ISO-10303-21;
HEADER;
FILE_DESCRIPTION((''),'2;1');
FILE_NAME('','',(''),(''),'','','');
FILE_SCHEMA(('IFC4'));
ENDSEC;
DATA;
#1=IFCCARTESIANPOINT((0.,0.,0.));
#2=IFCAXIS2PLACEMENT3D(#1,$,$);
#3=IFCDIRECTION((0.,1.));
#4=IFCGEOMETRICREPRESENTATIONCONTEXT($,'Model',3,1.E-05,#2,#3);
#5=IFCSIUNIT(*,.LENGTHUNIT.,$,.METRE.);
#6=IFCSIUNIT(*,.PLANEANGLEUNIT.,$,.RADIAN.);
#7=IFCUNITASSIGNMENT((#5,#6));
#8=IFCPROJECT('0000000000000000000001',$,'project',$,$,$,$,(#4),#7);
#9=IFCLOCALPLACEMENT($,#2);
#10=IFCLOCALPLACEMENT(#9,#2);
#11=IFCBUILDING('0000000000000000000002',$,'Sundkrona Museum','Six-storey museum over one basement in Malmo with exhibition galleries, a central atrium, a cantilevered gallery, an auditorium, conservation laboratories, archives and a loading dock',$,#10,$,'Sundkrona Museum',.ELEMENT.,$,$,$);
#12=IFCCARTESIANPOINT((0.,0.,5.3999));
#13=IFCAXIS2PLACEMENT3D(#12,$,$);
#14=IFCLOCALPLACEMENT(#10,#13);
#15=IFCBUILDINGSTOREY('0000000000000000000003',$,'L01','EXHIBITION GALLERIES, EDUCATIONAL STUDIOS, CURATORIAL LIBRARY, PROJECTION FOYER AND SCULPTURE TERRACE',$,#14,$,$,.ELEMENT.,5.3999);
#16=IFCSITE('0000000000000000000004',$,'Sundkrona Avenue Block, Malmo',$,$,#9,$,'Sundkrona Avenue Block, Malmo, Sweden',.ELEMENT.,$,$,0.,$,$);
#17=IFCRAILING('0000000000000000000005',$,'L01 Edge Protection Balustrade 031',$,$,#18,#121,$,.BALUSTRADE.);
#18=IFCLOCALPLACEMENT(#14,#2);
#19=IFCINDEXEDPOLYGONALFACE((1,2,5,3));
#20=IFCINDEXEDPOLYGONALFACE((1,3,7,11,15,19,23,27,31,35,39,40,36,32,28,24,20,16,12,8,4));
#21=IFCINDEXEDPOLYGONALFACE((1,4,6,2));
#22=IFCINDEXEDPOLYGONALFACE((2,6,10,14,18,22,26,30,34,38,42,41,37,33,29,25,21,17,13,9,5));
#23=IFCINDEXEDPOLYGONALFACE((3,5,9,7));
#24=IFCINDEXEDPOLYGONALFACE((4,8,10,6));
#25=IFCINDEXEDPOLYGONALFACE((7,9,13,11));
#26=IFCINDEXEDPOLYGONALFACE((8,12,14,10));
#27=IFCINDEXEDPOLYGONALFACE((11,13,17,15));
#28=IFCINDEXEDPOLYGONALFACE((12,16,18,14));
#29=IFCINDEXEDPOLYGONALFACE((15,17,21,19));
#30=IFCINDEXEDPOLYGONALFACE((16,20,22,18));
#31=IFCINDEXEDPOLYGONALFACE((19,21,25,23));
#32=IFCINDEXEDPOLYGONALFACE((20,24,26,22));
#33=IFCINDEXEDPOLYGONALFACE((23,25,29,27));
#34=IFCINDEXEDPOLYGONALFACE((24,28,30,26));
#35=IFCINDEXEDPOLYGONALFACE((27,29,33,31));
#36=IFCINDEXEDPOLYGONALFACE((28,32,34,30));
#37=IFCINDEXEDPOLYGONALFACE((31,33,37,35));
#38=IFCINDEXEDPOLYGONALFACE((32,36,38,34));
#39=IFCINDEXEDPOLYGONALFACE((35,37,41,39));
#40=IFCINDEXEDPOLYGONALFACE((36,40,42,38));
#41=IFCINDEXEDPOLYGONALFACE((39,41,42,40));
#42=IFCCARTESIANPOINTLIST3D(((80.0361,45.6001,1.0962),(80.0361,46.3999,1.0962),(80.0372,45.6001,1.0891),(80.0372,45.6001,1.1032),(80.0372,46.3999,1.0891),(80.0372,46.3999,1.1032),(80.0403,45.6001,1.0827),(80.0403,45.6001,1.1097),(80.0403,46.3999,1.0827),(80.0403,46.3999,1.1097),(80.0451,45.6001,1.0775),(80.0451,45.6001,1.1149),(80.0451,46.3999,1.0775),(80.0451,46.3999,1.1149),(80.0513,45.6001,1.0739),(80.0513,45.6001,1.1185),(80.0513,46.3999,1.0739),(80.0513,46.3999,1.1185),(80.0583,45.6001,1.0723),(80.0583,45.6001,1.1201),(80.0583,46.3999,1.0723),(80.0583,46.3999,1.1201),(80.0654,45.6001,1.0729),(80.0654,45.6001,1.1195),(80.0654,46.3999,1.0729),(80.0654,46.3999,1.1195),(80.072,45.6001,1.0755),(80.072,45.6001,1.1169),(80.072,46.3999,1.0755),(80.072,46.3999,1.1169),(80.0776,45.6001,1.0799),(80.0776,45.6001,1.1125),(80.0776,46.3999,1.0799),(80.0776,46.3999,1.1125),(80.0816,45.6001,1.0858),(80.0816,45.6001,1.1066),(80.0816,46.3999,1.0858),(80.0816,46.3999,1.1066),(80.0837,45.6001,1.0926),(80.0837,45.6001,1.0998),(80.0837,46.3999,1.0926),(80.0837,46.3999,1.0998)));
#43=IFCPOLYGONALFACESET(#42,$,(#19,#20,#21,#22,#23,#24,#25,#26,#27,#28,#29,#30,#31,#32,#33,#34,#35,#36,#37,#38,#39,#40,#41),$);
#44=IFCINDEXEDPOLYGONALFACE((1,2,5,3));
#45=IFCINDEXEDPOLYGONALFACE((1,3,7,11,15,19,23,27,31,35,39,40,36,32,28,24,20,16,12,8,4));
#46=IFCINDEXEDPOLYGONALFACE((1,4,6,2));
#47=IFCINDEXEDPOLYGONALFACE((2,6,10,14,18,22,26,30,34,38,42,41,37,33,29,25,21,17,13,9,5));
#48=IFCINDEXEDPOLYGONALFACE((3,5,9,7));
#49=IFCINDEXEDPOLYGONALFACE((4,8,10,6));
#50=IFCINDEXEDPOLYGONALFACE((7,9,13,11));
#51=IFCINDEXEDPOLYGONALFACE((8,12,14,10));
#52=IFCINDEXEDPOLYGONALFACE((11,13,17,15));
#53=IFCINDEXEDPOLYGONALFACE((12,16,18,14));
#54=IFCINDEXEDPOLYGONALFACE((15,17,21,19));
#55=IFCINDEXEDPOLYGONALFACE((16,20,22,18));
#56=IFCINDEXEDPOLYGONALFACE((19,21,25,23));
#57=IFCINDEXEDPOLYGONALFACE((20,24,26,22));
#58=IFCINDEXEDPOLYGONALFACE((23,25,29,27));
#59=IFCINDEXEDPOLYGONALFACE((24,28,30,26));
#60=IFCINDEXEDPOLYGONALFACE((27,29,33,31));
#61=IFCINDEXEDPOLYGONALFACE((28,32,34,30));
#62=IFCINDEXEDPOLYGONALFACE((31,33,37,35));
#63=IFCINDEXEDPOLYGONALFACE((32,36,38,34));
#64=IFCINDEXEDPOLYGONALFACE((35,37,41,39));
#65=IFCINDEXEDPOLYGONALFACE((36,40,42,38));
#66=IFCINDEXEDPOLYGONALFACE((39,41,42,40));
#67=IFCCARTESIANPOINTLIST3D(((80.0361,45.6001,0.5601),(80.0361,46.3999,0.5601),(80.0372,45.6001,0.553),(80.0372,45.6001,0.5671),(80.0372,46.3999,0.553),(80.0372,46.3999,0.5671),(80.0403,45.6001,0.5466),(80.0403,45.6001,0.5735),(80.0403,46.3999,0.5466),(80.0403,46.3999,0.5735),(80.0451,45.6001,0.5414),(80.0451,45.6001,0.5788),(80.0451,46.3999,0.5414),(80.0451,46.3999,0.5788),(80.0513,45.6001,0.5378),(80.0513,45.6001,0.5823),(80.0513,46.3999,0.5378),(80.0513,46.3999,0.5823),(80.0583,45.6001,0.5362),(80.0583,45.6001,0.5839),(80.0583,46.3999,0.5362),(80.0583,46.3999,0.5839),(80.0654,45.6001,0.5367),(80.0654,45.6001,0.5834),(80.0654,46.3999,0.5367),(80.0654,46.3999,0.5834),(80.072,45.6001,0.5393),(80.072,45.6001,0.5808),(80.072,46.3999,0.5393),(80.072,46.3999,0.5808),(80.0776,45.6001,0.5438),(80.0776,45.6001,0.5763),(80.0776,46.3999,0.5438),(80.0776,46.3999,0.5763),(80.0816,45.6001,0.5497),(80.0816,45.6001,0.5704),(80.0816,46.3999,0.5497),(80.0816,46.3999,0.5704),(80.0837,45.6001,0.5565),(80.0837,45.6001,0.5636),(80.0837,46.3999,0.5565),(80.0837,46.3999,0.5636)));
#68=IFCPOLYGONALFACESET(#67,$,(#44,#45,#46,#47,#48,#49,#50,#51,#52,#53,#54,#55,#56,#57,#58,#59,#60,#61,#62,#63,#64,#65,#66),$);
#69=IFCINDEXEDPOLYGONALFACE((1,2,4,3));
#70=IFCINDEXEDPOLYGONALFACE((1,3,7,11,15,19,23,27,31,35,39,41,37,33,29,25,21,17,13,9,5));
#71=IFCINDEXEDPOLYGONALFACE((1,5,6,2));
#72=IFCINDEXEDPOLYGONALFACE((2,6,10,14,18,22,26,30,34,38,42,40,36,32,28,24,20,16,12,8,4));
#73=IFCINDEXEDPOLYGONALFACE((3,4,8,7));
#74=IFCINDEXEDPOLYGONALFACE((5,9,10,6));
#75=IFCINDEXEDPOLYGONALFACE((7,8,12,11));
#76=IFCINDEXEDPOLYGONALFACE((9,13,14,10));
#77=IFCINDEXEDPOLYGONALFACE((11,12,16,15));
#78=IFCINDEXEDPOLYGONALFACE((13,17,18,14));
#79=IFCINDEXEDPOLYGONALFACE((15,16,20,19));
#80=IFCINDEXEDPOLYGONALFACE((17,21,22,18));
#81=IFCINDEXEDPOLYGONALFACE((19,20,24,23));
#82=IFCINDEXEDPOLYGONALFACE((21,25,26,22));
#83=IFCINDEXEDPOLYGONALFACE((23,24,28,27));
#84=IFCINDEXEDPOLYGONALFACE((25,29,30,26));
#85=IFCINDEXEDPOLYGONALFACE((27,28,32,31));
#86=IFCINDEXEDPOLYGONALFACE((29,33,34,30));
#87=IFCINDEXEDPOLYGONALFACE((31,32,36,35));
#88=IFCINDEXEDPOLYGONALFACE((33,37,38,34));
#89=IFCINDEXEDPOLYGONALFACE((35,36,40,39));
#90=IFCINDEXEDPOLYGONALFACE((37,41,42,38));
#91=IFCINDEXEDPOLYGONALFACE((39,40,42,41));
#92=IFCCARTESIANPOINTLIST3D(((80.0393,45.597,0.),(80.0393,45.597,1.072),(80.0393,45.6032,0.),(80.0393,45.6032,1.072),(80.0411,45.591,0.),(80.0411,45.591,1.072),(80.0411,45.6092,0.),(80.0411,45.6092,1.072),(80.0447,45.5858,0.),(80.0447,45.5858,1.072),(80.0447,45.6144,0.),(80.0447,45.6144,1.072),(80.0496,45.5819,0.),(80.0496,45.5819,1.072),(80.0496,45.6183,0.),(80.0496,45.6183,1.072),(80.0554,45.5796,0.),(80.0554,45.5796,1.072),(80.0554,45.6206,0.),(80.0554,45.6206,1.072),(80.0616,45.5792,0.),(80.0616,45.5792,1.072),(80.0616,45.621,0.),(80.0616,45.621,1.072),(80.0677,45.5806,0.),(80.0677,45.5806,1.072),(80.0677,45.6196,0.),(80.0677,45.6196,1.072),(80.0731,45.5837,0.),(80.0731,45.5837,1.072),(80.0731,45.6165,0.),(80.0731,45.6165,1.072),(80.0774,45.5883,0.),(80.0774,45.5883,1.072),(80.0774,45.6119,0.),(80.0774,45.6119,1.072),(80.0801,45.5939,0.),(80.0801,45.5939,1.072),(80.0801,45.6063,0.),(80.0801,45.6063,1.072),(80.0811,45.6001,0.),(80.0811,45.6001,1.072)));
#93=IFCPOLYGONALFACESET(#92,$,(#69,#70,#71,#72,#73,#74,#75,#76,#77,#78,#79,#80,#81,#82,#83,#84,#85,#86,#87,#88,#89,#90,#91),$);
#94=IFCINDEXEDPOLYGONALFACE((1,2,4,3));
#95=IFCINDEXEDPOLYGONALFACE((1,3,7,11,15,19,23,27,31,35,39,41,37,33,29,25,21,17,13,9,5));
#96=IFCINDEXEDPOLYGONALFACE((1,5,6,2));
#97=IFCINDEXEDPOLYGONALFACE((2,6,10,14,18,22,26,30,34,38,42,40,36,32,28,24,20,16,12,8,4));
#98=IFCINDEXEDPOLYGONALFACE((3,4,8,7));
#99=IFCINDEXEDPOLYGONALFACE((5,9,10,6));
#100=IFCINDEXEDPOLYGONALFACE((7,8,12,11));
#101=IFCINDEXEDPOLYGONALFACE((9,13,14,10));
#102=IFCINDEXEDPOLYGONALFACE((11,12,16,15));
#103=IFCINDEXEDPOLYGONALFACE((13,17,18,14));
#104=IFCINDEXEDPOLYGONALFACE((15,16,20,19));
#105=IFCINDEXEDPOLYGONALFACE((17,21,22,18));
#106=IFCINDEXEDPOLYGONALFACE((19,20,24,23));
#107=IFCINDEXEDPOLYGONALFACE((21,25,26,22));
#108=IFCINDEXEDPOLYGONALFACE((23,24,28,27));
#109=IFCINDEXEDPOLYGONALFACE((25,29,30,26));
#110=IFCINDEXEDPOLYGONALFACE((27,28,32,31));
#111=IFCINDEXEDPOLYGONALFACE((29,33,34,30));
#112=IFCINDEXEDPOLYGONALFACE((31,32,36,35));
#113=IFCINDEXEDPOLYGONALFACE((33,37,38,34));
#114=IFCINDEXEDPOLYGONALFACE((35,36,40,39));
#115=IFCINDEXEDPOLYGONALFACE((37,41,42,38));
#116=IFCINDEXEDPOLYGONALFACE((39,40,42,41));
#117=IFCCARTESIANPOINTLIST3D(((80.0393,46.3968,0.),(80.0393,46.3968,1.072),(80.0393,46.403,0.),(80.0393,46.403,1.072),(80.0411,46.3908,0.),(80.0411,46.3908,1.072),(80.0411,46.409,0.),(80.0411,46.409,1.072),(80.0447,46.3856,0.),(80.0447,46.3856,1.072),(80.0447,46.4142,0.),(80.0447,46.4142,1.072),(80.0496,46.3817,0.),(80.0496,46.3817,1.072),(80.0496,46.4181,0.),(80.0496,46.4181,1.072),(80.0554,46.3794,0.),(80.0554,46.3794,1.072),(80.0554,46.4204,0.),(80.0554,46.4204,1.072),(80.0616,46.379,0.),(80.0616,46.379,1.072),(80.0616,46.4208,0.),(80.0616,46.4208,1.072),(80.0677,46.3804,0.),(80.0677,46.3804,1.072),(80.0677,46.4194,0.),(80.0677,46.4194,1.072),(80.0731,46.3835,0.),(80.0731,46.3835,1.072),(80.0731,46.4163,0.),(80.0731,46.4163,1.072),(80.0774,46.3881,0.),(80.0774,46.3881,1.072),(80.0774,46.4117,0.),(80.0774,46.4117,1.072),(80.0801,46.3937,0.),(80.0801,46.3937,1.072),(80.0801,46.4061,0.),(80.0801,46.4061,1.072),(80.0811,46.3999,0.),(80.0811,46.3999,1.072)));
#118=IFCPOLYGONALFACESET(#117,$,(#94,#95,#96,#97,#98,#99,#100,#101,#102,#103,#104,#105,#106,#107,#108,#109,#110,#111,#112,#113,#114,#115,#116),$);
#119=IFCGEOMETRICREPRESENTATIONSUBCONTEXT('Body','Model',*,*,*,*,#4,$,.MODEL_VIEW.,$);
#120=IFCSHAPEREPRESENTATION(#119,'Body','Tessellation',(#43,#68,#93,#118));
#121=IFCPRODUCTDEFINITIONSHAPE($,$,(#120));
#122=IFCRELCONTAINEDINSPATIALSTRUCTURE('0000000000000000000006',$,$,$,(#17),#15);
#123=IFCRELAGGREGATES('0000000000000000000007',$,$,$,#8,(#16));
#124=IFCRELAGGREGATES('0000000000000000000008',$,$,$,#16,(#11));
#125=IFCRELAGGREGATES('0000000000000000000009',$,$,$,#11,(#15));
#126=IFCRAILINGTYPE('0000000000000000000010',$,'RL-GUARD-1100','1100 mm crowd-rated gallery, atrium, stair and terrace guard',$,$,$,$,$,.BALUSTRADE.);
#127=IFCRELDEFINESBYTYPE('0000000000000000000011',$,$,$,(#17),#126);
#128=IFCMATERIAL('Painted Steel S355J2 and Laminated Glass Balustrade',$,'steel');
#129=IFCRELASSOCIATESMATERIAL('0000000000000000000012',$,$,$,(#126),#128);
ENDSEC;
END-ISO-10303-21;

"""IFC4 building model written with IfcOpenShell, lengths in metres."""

from ifc_helpers import new_model, si_unit, direction, frame, origin, origin_2d, place, context, subcontext, project, spatial, circle, extrude, material, type_object, element, save


model = new_model("IFC4")

# Units and contexts
model_context = context("Model", 3, precision=1e-05, world=origin(), true_north=direction((0.0, 1.0)))
body_context = subcontext(model_context, "Body", "Model", "MODEL_VIEW")
ifc_project = project(units=[si_unit("LENGTHUNIT", "METRE"), si_unit("PLANEANGLEUNIT", "RADIAN")], contexts=[model_context])

# Site, building, storey
site_placement = place(None, origin())
site = spatial("IfcSite", under=ifc_project, at=site_placement, Name="Sundkrona Avenue Block, Malmo", LongName="Sundkrona Avenue Block, Malmo, Sweden", CompositionType="ELEMENT", RefElevation=0.0)
building_placement = place(site_placement, origin())
building = spatial("IfcBuilding", under=site, at=building_placement, Name="Sundkrona Museum", Description="Six-storey museum over one basement in Malmo with exhibition galleries, a central atrium, a cantilevered gallery, an auditorium, conservation laboratories, archives and a loading dock", LongName="Sundkrona Museum", CompositionType="ELEMENT")
storey_placement = place(building_placement, frame((0.0, 0.0, 5.3999)))
storey = spatial("IfcBuildingStorey", under=building, at=storey_placement, Name="L01", Description="EXHIBITION GALLERIES, EDUCATIONAL STUDIOS, CURATORIAL LIBRARY, PROJECTION FOYER AND SCULPTURE TERRACE", CompositionType="ELEMENT", Elevation=5.3999)

# Railing
ifc_material_1 = material(Name="Painted Steel S355J2 and Laminated Glass Balustrade", Category="steel")
railing_type = type_object("IfcRailingType", Name="RL-GUARD-1100", Description="1100 mm crowd-rated gallery, atrium, stair and terrace guard", PredefinedType="BALUSTRADE", material=ifc_material_1)
railing_placement = place(storey_placement, frame((80.0601, 45.6001, 0.0)))
element("IfcRailing", 1, at=railing_placement, inside=storey, type_object=railing_type, Name="L01 Edge Protection Balustrade 031", PredefinedType="BALUSTRADE", context=body_context, shape_type="SweptSolid", body=[
    extrude(circle(Radius=0.0239, at=origin_2d()), frame((0.0, 0.0, 1.0962), z_axis=(0.0, 1.0, 0.0), x_axis=(-1.0, 0.0, 0.0)), (0.0, 0.0, 1.0), 0.7998),
    extrude(circle(Radius=0.0239, at=origin_2d()), frame((0.0, 0.0, 0.5601), z_axis=(0.0, 1.0, 0.0), x_axis=(-1.0, 0.0, 0.0)), (0.0, 0.0, 1.0), 0.7998),
    extrude(circle(Radius=0.021, at=origin_2d()), origin(), (0.0, 0.0, 1.0), 1.072),
    extrude(circle(Radius=0.021, at=origin_2d()), frame((0.0, 0.7998, 0.0)), (0.0, 0.0, 1.0), 1.072),
])

save(model, "model.ifc")
